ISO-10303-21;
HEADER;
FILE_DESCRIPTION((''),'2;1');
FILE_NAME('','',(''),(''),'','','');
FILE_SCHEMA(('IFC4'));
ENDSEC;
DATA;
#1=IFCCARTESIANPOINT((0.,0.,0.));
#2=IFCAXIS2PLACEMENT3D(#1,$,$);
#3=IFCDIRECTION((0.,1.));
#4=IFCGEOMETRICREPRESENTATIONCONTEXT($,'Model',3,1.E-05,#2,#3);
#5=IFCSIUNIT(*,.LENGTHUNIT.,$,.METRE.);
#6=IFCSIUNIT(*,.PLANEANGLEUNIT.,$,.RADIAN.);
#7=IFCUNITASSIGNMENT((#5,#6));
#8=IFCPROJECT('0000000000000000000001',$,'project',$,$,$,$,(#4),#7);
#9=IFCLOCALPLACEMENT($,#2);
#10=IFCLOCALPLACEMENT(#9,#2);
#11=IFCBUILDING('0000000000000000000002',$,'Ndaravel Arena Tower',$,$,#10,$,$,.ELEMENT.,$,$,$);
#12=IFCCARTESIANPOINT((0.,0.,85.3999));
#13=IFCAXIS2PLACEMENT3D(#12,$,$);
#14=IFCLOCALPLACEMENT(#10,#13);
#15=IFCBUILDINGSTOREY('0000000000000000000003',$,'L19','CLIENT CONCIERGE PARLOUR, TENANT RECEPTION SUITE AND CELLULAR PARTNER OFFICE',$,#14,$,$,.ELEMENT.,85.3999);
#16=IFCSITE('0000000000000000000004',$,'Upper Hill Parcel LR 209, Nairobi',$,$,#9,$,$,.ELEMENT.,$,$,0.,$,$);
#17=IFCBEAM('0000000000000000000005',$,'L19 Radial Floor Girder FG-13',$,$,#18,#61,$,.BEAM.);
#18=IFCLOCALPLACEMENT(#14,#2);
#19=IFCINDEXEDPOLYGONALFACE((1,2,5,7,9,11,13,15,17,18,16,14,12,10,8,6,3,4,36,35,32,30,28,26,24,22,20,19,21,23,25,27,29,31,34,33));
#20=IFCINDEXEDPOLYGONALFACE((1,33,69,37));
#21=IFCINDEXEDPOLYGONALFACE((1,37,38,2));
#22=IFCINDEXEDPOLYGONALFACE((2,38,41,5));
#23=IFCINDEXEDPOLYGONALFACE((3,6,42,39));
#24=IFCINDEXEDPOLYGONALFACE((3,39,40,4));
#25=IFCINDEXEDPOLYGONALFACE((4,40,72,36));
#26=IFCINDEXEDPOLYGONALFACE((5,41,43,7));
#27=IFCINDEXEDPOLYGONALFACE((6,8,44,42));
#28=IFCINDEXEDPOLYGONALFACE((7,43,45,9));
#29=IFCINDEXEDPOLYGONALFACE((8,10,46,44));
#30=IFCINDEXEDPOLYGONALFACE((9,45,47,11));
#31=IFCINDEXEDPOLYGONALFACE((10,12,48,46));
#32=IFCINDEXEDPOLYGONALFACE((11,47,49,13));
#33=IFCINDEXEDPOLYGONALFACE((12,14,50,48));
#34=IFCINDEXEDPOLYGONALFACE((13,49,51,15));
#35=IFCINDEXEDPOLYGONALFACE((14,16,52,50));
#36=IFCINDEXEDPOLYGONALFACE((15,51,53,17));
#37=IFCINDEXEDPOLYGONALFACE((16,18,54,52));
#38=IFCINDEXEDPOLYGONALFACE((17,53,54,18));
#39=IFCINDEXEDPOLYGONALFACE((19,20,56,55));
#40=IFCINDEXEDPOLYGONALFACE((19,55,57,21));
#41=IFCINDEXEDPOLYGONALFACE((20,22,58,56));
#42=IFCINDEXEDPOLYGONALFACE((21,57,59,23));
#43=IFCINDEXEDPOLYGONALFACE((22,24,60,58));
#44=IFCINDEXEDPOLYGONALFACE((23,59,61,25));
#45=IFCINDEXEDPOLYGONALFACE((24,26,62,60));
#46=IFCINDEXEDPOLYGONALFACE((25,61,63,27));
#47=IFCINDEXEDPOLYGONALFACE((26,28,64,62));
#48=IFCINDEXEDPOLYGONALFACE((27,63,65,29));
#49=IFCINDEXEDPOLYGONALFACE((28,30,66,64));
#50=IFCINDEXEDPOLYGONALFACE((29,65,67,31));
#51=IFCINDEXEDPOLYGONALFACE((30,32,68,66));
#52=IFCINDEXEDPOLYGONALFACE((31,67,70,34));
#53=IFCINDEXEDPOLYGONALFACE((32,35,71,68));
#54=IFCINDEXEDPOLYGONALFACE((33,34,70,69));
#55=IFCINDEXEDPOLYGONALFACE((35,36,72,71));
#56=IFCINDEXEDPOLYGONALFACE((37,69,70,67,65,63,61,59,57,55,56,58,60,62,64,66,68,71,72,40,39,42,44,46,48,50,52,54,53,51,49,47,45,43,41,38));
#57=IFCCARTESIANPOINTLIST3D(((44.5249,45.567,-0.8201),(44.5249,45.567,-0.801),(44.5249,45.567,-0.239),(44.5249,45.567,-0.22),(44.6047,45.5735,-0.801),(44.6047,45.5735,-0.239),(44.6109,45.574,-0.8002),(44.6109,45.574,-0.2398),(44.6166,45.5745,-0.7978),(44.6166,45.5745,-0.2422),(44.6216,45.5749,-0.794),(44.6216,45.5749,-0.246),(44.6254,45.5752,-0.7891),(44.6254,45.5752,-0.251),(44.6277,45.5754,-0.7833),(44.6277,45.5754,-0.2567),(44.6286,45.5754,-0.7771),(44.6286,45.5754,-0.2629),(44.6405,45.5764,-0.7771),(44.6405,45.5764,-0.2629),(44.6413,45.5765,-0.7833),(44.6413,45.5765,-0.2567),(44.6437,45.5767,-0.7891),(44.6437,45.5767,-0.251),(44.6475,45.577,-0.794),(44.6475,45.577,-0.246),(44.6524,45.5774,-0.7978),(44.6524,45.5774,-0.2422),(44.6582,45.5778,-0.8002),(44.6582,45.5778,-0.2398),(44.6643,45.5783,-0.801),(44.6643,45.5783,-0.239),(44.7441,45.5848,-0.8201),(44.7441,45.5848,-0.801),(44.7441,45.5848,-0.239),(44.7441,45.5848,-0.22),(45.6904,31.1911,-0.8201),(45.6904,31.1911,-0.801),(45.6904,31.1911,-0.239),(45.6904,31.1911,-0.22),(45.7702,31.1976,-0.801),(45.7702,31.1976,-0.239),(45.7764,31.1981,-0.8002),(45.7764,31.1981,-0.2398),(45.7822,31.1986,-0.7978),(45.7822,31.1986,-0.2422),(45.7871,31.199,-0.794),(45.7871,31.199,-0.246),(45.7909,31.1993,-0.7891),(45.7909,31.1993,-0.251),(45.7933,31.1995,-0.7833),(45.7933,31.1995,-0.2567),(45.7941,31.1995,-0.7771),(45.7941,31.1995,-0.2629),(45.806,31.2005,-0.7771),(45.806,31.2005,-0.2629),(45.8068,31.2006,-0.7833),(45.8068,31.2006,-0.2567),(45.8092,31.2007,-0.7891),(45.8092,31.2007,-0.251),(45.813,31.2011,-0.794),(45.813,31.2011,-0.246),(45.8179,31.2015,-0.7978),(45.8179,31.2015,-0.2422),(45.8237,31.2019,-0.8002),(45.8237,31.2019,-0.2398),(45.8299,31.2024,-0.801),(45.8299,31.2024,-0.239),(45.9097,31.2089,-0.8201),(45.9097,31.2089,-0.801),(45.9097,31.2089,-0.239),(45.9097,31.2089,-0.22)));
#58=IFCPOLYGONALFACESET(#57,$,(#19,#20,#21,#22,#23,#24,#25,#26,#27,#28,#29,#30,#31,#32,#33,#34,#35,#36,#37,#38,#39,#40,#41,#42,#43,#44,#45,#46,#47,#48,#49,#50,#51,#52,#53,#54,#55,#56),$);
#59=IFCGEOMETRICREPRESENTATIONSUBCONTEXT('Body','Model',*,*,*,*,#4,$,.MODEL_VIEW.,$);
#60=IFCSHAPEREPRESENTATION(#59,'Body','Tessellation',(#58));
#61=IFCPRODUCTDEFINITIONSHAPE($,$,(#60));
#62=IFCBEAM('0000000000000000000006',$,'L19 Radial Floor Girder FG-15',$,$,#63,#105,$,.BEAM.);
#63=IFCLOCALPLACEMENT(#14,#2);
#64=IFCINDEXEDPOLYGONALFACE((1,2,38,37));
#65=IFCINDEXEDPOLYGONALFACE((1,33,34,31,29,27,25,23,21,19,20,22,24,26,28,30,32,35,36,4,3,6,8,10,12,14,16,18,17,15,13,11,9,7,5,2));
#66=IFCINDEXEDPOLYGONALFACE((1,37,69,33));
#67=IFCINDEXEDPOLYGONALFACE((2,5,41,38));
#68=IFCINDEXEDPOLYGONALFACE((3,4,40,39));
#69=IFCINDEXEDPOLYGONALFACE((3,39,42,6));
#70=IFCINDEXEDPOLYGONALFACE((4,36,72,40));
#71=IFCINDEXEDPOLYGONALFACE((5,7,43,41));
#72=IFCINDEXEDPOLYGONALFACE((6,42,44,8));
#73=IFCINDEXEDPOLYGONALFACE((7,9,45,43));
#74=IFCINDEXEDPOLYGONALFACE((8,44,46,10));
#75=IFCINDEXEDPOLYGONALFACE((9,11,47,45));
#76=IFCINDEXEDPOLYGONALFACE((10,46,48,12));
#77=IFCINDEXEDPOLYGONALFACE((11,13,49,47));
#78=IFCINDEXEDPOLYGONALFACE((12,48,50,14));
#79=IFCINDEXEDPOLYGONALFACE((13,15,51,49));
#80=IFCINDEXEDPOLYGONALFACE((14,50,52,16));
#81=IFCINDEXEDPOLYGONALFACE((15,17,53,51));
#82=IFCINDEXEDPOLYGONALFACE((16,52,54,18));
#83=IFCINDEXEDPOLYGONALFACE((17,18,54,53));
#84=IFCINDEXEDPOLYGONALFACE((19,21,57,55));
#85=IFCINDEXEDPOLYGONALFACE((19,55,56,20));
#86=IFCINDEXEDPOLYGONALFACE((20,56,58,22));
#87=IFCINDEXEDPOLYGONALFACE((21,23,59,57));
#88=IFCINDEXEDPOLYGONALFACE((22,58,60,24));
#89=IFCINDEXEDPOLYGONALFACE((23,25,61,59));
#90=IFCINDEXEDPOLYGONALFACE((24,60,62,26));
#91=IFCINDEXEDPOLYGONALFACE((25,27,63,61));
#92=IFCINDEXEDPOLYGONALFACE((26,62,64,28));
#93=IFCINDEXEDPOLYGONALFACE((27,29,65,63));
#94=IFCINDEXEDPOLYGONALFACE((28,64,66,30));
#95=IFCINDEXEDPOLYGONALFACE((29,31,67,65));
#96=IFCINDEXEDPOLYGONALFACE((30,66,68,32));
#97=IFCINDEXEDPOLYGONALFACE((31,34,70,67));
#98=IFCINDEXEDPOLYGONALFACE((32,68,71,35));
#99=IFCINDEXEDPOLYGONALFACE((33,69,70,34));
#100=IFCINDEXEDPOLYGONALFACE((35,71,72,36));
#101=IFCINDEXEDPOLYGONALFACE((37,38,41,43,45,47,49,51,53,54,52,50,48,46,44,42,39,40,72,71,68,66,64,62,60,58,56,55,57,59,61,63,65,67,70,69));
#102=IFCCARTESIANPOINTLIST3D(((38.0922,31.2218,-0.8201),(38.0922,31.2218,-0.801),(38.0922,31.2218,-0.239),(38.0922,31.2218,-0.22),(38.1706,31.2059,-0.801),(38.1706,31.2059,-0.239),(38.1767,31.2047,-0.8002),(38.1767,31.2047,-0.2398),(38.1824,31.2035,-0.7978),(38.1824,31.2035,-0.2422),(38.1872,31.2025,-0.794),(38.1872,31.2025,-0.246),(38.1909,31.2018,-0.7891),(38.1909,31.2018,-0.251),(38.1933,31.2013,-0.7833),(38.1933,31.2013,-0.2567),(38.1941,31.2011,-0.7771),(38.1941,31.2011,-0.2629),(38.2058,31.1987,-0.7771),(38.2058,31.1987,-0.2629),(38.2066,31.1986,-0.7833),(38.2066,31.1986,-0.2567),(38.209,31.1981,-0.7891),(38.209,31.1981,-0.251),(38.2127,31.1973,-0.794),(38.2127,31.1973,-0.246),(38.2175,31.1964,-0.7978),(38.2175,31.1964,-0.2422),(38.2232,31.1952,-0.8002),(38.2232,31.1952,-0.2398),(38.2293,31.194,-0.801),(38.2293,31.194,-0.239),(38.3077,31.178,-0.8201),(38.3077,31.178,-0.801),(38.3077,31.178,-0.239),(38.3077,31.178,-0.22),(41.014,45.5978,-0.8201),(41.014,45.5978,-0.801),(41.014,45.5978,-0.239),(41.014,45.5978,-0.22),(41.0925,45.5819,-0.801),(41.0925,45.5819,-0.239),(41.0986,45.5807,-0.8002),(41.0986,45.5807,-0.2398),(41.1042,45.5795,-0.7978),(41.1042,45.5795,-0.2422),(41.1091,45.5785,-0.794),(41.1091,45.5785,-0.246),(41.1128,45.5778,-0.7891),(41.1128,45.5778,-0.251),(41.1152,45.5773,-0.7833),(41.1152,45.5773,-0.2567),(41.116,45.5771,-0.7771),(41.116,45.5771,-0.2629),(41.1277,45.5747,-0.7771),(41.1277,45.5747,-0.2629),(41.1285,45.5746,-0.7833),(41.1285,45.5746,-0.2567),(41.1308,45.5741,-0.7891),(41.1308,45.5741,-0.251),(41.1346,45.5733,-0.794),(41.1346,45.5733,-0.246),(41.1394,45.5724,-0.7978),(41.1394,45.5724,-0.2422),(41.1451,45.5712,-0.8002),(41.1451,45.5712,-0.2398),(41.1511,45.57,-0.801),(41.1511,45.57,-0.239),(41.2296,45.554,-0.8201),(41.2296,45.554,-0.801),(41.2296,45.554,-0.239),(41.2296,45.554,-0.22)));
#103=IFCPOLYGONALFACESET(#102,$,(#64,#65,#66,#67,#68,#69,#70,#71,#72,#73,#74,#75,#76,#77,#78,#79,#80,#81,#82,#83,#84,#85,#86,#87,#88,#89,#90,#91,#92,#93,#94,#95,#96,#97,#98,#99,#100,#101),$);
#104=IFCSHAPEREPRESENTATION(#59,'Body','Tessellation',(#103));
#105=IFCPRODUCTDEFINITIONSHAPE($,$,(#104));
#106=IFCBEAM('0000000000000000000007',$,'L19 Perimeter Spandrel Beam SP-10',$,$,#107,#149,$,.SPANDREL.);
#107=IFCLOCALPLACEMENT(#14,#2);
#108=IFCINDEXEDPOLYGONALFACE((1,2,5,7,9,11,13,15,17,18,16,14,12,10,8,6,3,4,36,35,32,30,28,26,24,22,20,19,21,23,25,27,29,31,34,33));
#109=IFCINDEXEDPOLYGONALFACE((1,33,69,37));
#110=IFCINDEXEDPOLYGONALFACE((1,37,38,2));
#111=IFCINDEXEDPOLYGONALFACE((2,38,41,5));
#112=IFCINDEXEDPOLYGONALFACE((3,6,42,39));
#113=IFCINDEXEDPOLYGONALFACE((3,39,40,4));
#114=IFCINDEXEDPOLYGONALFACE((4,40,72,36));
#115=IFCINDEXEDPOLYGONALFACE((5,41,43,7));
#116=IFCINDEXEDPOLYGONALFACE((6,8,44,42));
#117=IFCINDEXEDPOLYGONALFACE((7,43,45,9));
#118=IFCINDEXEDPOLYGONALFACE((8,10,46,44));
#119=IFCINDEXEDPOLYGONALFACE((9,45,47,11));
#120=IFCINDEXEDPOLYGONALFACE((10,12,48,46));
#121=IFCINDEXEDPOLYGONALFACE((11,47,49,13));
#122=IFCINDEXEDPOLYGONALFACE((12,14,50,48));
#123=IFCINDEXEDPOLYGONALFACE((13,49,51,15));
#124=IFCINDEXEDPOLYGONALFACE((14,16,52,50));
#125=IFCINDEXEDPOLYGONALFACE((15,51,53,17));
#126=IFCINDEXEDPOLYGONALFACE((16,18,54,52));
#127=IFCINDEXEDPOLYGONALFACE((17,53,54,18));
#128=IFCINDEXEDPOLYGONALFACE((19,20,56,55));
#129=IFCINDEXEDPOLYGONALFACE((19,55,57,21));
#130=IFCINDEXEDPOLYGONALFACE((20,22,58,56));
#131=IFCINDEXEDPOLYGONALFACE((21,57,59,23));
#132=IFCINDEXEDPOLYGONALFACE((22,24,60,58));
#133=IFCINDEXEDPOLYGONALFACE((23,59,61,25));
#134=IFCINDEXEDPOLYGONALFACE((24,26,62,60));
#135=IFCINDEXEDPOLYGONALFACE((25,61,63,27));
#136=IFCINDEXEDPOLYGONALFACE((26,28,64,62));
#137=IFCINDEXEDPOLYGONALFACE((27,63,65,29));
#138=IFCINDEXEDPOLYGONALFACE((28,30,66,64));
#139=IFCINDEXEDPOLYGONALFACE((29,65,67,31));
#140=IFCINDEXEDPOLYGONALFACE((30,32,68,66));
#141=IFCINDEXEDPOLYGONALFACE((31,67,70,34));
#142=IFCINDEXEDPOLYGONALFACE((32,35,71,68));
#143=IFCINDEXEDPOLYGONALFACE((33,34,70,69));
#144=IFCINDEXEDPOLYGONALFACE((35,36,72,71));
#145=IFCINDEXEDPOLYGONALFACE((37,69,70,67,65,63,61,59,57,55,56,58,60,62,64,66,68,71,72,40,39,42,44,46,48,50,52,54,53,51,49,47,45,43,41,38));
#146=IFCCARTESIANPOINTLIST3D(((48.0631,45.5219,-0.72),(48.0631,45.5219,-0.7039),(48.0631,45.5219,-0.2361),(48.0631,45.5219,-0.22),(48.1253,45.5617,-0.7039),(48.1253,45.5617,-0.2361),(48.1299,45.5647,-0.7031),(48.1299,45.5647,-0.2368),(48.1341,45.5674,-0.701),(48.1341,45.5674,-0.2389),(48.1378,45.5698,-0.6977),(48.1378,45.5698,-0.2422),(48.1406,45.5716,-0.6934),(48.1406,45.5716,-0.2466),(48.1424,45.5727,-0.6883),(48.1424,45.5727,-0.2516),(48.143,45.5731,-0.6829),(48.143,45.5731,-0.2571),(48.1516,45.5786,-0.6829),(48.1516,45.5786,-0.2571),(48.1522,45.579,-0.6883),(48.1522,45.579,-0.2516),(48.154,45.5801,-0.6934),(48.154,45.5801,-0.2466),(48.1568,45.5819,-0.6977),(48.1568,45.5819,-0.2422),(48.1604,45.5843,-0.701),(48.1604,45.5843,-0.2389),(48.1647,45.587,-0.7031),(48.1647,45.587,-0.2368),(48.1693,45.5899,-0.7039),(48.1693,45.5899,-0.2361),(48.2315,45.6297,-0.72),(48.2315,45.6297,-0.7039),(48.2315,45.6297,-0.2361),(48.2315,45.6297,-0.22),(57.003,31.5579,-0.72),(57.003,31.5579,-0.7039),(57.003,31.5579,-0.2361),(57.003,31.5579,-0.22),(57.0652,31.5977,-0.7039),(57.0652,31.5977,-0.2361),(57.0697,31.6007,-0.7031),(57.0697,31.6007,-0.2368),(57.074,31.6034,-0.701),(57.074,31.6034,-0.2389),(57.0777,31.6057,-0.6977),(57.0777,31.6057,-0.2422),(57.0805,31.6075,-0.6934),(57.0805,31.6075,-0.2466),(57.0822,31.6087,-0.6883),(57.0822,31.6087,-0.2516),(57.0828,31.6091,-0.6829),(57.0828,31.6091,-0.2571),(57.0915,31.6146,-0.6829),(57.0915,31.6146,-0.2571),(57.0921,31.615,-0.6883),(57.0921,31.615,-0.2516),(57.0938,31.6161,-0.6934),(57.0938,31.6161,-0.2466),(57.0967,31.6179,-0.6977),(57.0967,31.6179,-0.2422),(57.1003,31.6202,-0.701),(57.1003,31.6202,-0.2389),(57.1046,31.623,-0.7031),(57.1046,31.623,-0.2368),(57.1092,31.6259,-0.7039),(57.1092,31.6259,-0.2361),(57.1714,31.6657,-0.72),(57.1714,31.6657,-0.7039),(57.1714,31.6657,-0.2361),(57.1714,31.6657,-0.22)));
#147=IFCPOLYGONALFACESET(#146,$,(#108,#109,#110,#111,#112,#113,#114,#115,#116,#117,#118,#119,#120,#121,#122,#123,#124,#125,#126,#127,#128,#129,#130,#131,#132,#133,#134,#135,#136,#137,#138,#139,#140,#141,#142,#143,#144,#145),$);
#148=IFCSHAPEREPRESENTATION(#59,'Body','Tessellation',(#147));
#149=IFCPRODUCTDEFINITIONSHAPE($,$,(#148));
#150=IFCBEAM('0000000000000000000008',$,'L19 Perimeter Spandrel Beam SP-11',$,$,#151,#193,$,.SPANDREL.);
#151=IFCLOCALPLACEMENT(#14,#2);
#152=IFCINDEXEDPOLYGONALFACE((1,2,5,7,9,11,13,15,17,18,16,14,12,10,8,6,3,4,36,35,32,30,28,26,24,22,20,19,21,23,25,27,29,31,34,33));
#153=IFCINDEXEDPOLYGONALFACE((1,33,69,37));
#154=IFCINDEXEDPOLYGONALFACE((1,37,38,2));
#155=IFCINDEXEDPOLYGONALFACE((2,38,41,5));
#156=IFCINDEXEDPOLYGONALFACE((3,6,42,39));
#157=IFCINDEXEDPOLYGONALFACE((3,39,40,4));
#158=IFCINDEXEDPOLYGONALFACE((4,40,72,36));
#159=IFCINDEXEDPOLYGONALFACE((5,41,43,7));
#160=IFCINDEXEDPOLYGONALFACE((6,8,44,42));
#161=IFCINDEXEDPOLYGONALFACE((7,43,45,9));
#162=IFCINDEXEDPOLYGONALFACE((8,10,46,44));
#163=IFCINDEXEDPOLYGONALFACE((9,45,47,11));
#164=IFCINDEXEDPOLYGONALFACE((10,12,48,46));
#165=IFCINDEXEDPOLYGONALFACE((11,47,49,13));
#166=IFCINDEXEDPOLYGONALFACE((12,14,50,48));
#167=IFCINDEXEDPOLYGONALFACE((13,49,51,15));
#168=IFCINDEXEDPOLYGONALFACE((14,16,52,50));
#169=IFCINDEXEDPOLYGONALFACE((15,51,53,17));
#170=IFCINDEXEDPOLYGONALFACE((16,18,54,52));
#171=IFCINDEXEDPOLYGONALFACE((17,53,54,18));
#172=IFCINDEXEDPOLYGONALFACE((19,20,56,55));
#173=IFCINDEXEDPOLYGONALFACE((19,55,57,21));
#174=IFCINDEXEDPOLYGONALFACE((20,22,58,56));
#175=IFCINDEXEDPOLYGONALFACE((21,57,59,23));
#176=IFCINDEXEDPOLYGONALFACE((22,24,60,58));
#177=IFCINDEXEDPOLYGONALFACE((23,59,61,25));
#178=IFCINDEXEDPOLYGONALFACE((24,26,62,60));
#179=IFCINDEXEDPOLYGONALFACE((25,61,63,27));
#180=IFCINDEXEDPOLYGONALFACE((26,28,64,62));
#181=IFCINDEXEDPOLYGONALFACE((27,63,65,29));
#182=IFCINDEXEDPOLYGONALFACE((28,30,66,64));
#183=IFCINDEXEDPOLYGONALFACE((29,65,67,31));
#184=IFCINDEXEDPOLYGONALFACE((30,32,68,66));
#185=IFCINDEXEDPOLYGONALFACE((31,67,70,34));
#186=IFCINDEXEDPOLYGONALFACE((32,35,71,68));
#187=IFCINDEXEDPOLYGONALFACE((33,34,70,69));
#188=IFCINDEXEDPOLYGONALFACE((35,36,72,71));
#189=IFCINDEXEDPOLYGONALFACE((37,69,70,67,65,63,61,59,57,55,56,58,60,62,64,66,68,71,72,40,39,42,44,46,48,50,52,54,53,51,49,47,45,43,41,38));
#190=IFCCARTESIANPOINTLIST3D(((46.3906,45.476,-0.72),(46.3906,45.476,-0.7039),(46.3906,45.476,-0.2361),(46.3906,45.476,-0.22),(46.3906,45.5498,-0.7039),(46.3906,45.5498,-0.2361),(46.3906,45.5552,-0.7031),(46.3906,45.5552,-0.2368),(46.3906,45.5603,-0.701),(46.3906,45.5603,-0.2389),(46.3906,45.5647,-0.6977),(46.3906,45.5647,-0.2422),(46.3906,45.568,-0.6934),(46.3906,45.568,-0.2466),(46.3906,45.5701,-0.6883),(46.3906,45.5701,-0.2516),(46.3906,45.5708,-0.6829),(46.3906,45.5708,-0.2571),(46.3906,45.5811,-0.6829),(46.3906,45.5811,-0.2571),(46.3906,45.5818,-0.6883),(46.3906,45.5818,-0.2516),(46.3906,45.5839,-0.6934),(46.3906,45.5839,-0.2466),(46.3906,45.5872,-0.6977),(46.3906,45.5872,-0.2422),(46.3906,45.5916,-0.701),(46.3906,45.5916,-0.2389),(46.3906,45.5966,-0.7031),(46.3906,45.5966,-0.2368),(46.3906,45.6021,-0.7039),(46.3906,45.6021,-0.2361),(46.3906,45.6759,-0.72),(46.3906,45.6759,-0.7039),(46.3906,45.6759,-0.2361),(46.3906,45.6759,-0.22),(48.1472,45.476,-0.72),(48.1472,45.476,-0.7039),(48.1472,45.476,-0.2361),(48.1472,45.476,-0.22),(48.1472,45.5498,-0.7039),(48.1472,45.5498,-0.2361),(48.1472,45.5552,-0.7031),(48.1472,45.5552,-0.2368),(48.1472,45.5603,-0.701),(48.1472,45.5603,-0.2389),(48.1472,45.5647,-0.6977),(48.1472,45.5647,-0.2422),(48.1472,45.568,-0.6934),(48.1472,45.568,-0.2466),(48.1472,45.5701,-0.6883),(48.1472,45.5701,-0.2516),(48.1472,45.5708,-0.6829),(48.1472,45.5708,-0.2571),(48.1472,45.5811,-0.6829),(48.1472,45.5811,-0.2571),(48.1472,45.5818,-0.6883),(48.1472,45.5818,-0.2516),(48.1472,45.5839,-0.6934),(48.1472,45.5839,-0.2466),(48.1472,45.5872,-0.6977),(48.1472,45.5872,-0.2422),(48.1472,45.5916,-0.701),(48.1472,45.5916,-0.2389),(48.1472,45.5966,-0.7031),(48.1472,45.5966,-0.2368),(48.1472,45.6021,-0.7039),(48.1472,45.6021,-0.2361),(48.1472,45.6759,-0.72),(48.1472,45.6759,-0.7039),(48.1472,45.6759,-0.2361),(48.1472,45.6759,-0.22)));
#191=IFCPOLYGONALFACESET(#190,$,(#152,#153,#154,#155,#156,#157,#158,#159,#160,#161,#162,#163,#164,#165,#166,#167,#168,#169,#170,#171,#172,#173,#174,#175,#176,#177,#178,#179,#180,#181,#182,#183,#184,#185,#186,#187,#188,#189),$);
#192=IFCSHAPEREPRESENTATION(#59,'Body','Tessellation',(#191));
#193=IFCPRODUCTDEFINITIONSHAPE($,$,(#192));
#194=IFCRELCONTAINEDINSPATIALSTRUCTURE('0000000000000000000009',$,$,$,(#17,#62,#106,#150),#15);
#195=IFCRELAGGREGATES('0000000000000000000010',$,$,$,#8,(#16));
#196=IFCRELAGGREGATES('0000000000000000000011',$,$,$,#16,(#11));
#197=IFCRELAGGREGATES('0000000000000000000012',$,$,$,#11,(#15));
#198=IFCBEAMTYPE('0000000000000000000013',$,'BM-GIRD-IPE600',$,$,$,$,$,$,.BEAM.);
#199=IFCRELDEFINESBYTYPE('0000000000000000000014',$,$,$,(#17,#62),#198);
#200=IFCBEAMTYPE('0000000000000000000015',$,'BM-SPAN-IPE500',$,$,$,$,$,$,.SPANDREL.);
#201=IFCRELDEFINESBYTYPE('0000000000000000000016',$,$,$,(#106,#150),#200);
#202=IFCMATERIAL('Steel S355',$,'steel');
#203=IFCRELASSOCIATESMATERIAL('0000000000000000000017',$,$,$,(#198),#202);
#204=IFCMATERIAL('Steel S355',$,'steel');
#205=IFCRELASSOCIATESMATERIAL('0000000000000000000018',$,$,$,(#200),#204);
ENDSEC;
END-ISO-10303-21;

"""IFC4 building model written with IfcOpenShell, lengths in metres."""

from ifc_helpers import new_model, si_unit, direction, frame, origin, origin_2d, place, context, subcontext, project, spatial, i_section, extrude, material, material_profile, profile_set, type_object, element, save


model = new_model("IFC4")

# Units and contexts
model_context = context("Model", 3, precision=1e-05, world=origin(), true_north=direction((0.0, 1.0)))
body_context = subcontext(model_context, "Body", "Model", "MODEL_VIEW")
ifc_project = project(units=[si_unit("LENGTHUNIT", "METRE"), si_unit("PLANEANGLEUNIT", "RADIAN")], contexts=[model_context])

# Site, building, storey
site_placement = place(None, origin())
site = spatial("IfcSite", under=ifc_project, at=site_placement, Name="Upper Hill Parcel LR 209, Nairobi", CompositionType="ELEMENT", RefElevation=0.0)
building_placement = place(site_placement, origin())
building = spatial("IfcBuilding", under=site, at=building_placement, Name="Ndaravel Arena Tower", CompositionType="ELEMENT")
storey_placement = place(building_placement, frame((0.0, 0.0, 85.3999)))
storey = spatial("IfcBuildingStorey", under=building, at=storey_placement, Name="L19", Description="CLIENT CONCIERGE PARLOUR, TENANT RECEPTION SUITE AND CELLULAR PARTNER OFFICE", CompositionType="ELEMENT", Elevation=85.3999)

# Beams
ifc_material_1 = material(Name="Steel S355", Category="steel")
ifc_material_profile_1 = material_profile(ifc_material_1, i_section(OverallWidth=0.22, OverallDepth=0.6001, WebThickness=0.012, FlangeThickness=0.019, FilletRadius=0.0239, at=origin_2d()), Name="IPE 600")
ifc_profile_set_1 = profile_set([ifc_material_profile_1], Name="Steel S355")
beam_type_1 = type_object("IfcBeamType", Name="BM-GIRD-IPE600", PredefinedType="BEAM", material=ifc_profile_set_1)
beam_1_placement = place(storey_placement, frame((44.6345, 45.5759, -0.52), z_axis=(0.08081, -0.99673, 0.0), x_axis=(0.99673, 0.08081, 0.0)))
element("IfcBeam", 1, at=beam_1_placement, inside=storey, type_object=beam_type_1, Name="L19 Radial Floor Girder FG-13", PredefinedType="BEAM", context=body_context, shape_type="SweptSolid", body=[
    extrude(i_section(OverallWidth=0.22, OverallDepth=0.6001, WebThickness=0.012, FlangeThickness=0.019, FilletRadius=0.0239, at=origin_2d()), origin(), (0.0, 0.0, 1.0), 14.4231),
])
beam_2_placement = place(storey_placement, frame((41.1218, 45.5759, -0.52), z_axis=(-0.199175, -0.979964, 0.0), x_axis=(0.979964, -0.199175, 0.0)))
element("IfcBeam", 2, at=beam_2_placement, inside=storey, type_object=beam_type_1, Name="L19 Radial Floor Girder FG-15", PredefinedType="BEAM", context=body_context, shape_type="SweptSolid", body=[
    extrude(i_section(OverallWidth=0.22, OverallDepth=0.6001, WebThickness=0.012, FlangeThickness=0.019, FilletRadius=0.0239, at=origin_2d()), origin(), (0.0, 0.0, 1.0), 14.6699),
])
ifc_material_2 = material(Name="Steel S355", Category="steel")
ifc_material_profile_2 = material_profile(ifc_material_2, i_section(OverallWidth=0.2, OverallDepth=0.5, WebThickness=0.0103, FlangeThickness=0.0161, FilletRadius=0.021, at=origin_2d()), Name="IPE 500")
ifc_profile_set_2 = profile_set([ifc_material_profile_2], Name="Steel S355")
beam_type_2 = type_object("IfcBeamType", Name="BM-SPAN-IPE500", PredefinedType="SPANDREL", material=ifc_profile_set_2)
beam_3_placement = place(storey_placement, frame((57.0872, 31.6118, -0.47), z_axis=(-0.539178, 0.842192, 0.0), x_axis=(-0.842192, -0.539178, 0.0)))
element("IfcBeam", 3, at=beam_3_placement, inside=storey, type_object=beam_type_2, Name="L19 Perimeter Spandrel Beam SP-10", PredefinedType="SPANDREL", context=body_context, shape_type="SweptSolid", body=[
    extrude(i_section(OverallWidth=0.2, OverallDepth=0.5, WebThickness=0.0103, FlangeThickness=0.0161, FilletRadius=0.021, at=origin_2d()), origin(), (0.0, 0.0, 1.0), 16.5806),
])
beam_4_placement = place(storey_placement, frame((48.1472, 45.5759, -0.47), z_axis=(-1.0, 0.0, 0.0), x_axis=(0.0, -1.0, 0.0)))
element("IfcBeam", 4, at=beam_4_placement, inside=storey, type_object=beam_type_2, Name="L19 Perimeter Spandrel Beam SP-11", PredefinedType="SPANDREL", context=body_context, shape_type="SweptSolid", body=[
    extrude(i_section(OverallWidth=0.2, OverallDepth=0.5, WebThickness=0.0103, FlangeThickness=0.0161, FilletRadius=0.021, at=origin_2d()), origin(), (0.0, 0.0, 1.0), 1.7566),
])

save(model, "model.ifc")
